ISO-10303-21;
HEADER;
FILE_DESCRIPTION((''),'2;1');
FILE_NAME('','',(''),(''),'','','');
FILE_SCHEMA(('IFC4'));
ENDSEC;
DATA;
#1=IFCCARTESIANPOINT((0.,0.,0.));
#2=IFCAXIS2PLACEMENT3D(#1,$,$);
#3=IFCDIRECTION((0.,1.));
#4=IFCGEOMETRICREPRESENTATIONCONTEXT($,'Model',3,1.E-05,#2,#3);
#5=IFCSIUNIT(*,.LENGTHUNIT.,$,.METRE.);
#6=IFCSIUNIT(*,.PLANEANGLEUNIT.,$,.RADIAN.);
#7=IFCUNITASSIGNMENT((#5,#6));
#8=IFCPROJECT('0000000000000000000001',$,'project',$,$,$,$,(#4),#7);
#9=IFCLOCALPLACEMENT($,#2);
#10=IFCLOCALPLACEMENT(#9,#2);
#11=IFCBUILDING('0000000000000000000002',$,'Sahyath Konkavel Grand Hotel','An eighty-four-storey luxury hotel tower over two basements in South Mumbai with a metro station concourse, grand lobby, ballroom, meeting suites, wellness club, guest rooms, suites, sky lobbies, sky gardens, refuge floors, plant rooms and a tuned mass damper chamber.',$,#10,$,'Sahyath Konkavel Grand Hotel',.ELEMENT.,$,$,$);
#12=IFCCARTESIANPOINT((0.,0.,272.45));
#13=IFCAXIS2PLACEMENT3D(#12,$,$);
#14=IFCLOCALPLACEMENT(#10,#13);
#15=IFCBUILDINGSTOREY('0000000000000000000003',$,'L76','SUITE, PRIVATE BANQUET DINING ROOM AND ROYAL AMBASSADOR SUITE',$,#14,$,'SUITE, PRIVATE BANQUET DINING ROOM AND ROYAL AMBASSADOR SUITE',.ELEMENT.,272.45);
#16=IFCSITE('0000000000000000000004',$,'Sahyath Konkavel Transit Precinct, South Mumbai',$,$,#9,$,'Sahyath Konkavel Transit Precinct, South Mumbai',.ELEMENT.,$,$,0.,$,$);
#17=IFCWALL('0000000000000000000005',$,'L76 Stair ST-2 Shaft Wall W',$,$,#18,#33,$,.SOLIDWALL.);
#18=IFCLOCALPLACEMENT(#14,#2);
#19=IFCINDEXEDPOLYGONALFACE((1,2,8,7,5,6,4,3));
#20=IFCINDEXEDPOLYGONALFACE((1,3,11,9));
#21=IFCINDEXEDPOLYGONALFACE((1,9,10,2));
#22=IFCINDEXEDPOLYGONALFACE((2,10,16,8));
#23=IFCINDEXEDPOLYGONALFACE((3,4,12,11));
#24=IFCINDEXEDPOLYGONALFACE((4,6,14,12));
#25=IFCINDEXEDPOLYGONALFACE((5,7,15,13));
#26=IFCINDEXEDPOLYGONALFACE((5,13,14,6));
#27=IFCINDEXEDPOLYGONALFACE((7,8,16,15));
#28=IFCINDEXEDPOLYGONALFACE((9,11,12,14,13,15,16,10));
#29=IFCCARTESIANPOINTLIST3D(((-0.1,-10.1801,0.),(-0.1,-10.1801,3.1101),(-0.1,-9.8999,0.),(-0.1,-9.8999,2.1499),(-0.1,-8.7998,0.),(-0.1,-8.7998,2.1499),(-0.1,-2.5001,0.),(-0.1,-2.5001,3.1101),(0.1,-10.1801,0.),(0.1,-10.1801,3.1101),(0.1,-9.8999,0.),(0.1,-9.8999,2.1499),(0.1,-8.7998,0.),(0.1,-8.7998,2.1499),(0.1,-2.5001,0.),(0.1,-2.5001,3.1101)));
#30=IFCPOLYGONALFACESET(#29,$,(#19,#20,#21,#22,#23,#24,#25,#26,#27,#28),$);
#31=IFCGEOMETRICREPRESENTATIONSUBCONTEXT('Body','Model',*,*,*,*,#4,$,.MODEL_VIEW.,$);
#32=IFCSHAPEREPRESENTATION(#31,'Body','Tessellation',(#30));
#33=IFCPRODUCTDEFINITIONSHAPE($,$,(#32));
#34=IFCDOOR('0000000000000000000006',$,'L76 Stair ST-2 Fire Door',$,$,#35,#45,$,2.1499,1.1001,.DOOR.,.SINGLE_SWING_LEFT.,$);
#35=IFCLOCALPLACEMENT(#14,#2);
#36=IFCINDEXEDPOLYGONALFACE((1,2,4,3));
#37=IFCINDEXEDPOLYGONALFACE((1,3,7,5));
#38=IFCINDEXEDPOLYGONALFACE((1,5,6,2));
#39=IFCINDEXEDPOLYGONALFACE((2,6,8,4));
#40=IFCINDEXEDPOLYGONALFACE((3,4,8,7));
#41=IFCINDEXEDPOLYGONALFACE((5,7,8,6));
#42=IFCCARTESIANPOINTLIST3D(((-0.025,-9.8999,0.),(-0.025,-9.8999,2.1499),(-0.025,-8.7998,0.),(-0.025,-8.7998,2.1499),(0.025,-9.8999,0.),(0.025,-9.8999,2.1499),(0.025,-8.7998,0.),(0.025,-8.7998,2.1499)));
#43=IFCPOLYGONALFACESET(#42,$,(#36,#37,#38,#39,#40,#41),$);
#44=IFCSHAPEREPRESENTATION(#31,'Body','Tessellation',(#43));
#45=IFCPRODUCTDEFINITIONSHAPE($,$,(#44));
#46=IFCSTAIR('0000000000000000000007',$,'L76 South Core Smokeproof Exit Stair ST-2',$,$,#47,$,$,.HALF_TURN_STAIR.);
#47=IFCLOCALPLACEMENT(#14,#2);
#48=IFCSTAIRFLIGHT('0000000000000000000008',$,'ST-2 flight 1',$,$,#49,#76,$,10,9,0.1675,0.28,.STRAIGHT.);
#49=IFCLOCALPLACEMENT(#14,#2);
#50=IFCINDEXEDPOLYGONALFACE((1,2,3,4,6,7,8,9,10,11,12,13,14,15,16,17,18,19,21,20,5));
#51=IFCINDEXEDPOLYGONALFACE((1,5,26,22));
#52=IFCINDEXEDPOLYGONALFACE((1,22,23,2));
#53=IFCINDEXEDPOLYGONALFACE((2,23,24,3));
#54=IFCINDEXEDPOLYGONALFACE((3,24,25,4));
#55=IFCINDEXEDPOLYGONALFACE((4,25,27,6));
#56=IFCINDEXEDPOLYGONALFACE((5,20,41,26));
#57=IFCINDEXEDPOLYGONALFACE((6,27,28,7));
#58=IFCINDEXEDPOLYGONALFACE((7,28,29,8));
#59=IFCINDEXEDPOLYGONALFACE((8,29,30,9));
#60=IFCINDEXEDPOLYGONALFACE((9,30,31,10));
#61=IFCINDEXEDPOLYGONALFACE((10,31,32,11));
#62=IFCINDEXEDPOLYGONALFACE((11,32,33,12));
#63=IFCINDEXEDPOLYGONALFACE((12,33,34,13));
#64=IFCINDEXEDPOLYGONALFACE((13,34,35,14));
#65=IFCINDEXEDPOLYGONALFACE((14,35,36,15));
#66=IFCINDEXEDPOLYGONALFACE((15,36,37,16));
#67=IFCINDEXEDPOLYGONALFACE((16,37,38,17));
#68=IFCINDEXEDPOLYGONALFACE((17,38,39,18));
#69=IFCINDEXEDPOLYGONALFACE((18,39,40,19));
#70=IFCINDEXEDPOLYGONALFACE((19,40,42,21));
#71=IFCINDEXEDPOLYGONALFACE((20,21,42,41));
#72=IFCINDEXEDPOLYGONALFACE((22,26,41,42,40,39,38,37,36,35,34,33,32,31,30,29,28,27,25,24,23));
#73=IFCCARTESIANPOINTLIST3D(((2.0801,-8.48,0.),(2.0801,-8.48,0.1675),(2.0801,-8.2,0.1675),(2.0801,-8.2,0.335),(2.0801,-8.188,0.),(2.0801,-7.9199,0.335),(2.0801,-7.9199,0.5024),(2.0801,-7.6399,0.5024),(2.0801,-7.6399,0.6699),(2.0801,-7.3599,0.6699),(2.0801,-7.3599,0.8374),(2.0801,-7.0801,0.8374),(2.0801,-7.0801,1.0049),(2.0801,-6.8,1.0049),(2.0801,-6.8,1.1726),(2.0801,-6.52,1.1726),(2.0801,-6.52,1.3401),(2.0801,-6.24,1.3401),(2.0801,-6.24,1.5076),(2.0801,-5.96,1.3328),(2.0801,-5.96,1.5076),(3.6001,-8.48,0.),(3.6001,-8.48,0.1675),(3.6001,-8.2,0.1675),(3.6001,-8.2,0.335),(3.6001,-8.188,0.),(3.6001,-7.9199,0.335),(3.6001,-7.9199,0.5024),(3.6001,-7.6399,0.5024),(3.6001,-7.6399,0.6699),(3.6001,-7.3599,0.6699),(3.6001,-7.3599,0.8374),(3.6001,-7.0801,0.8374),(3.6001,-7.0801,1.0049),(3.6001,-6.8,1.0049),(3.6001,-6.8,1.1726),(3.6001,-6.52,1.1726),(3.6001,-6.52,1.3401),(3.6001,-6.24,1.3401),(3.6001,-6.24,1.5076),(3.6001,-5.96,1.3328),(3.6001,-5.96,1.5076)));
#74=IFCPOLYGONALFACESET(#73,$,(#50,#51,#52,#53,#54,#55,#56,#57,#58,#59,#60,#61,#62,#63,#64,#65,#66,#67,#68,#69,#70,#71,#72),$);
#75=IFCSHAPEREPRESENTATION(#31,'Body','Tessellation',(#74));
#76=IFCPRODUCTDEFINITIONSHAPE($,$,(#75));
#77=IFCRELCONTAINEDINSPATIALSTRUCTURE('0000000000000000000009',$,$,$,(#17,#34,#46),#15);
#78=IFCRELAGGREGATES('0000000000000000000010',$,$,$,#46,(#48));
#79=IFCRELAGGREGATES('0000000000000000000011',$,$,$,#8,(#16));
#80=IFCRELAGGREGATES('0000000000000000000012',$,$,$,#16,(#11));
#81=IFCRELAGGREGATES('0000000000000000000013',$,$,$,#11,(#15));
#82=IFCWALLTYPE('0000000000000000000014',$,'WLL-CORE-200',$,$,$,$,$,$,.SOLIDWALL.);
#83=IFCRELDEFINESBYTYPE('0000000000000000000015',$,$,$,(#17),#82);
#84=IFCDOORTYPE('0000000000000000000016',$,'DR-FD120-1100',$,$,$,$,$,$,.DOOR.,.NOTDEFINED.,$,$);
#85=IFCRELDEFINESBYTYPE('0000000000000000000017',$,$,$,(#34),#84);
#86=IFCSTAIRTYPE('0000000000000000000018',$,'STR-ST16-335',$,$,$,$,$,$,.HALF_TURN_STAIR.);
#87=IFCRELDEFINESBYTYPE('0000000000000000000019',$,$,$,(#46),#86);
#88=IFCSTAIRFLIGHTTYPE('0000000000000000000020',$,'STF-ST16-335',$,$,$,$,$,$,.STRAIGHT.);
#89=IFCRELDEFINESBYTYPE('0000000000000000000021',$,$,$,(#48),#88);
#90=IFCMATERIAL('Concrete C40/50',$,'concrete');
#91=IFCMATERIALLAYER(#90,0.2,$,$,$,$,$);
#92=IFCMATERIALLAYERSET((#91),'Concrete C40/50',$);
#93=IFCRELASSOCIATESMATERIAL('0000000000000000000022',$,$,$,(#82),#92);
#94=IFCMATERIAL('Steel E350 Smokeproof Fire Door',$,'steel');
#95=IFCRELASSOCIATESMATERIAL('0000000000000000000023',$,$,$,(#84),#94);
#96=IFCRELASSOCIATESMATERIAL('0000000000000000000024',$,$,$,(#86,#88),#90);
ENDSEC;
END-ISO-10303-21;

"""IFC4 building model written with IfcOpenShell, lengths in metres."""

from ifc_helpers import new_model, si_unit, direction, frame, frame_2d, origin, origin_2d, place, context, subcontext, project, spatial, polyline, rectangle, outline, extrude, source, transform, mapped, material, layer, layer_set, type_object, element, fill, aggregate, save


model = new_model("IFC4")

# Units and contexts
model_context = context("Model", 3, precision=1e-05, world=origin(), true_north=direction((0.0, 1.0)))
body_context = subcontext(model_context, "Body", "Model", "MODEL_VIEW")
ifc_project = project(units=[si_unit("LENGTHUNIT", "METRE"), si_unit("PLANEANGLEUNIT", "RADIAN")], contexts=[model_context])

# Site, building, storey
site_placement = place(None, origin())
site = spatial("IfcSite", under=ifc_project, at=site_placement, Name="Sahyath Konkavel Transit Precinct, South Mumbai", LongName="Sahyath Konkavel Transit Precinct, South Mumbai", CompositionType="ELEMENT", RefElevation=0.0)
building_placement = place(site_placement, origin())
building = spatial("IfcBuilding", under=site, at=building_placement, Name="Sahyath Konkavel Grand Hotel", Description="An eighty-four-storey luxury hotel tower over two basements in South Mumbai with a metro station concourse, grand lobby, ballroom, meeting suites, wellness club, guest rooms, suites, sky lobbies, sky gardens, refuge floors, plant rooms and a tuned mass damper chamber.", LongName="Sahyath Konkavel Grand Hotel", CompositionType="ELEMENT")
storey_placement = place(building_placement, frame((0.0, 0.0, 272.45)))
storey = spatial("IfcBuildingStorey", under=building, at=storey_placement, Name="L76", Description="SUITE, PRIVATE BANQUET DINING ROOM AND ROYAL AMBASSADOR SUITE", LongName="SUITE, PRIVATE BANQUET DINING ROOM AND ROYAL AMBASSADOR SUITE", CompositionType="ELEMENT", Elevation=272.45)

# Shared definitions
ifc_material_1 = material(Name="Concrete C40/50", Category="concrete")

# Wall, opening, door
ifc_layer_1 = layer(ifc_material_1, 0.2)
ifc_layer_set_1 = layer_set([ifc_layer_1], Name="Concrete C40/50")
wall_type_1 = type_object("IfcWallType", Name="WLL-CORE-200", PredefinedType="SOLIDWALL", material=ifc_layer_set_1)
wall_1_placement = place(storey_placement, frame((0.0, -10.1799, 0.0), z_axis=(0.0, 0.0, 1.0), x_axis=(0.0, 1.0, 0.0)))
wall_1 = element("IfcWall", 1, at=wall_1_placement, inside=storey, type_object=wall_type_1, Name="L76 Stair ST-2 Shaft Wall W", PredefinedType="SOLIDWALL", context=body_context, shape_type="SweptSolid", body=[
    extrude(rectangle(XDim=7.6799, YDim=0.2, at=frame_2d((3.8398, 0.0))), origin(), (0.0, 0.0, 1.0), 3.1101),
])
opening_placement = place(wall_1_placement, frame((0.28, 0.0, 0.0)))
opening = element("IfcOpeningElement", 2, at=opening_placement, cuts=wall_1, PredefinedType="OPENING", context=body_context, shape_type="SweptSolid", body=[
    extrude(rectangle(XDim=1.1001, YDim=2.1499, at=frame_2d((0.55, 1.075))), frame((0.0, 0.1099, 0.0), z_axis=(0.0, -1.0, 0.0), x_axis=(1.0, 0.0, 0.0)), (0.0, 0.0, 1.0), 0.22),
])
ifc_material_2 = material(Name="Steel E350 Smokeproof Fire Door", Category="steel")
door_type = type_object("IfcDoorType", Name="DR-FD120-1100", OperationType="NOTDEFINED", PredefinedType="DOOR", material=ifc_material_2)
shared_shape_1 = source(origin(), body_context, "Body", "SweptSolid", [
    extrude(rectangle(XDim=1.1001, YDim=0.05, at=origin_2d()), origin(), (0.0, 0.0, 1.0), 2.1499),
])
door_placement = place(opening_placement, frame((0.55, 0.0, 0.0)))
door = element("IfcDoor", 3, at=door_placement, inside=storey, type_object=door_type, Name="L76 Stair ST-2 Fire Door", OperationType="SINGLE_SWING_LEFT", OverallHeight=2.1499, OverallWidth=1.1001, PredefinedType="DOOR", context=body_context, shape_type="MappedRepresentation", body=[
    mapped(shared_shape_1, transform((0.0, 0.0, 0.0), scale=1.0)),
])
fill(opening, door)

# Stair, stair flight
stair_type = type_object("IfcStairType", Name="STR-ST16-335", PredefinedType="HALF_TURN_STAIR", material=ifc_material_1)
stair_placement = place(storey_placement, origin())
stair = element("IfcStair", 4, at=stair_placement, inside=storey, type_object=stair_type, Name="L76 South Core Smokeproof Exit Stair ST-2", PredefinedType="HALF_TURN_STAIR")
stair_flight_type = type_object("IfcStairFlightType", Name="STF-ST16-335", PredefinedType="STRAIGHT", material=ifc_material_1)
stair_flight_placement = place(storey_placement, frame((2.8401, -8.48, 0.0), z_axis=(0.0, 0.0, 1.0), x_axis=(0.0, 1.0, 0.0)))
stair_flight = element("IfcStairFlight", 5, at=stair_flight_placement, type_object=stair_flight_type, Name="ST-2 flight 1", NumberOfRisers=10, NumberOfTreads=9, PredefinedType="STRAIGHT", RiserHeight=0.1675, TreadLength=0.28, context=body_context, shape_type="SweptSolid", body=[
    extrude(outline(polyline([(0.0, 0.0), (0.0, 0.1675), (0.28, 0.1675), (0.28, 0.335), (0.5601, 0.335), (0.5601, 0.5024), (0.8401, 0.5024), (0.8401, 0.6699), (1.1201, 0.6699), (1.1201, 0.8374), (1.3999, 0.8374), (1.3999, 1.0049), (1.6799, 1.0049), (1.6799, 1.1726), (1.96, 1.1726), (1.96, 1.3401), (2.24, 1.3401), (2.24, 1.5076), (2.52, 1.5076), (2.52, 1.675), (2.52, 1.3328), (0.292, 0.0), (0.0, 0.0)])), frame((0.0, 0.76, 0.0), z_axis=(0.0, -1.0, 0.0), x_axis=(1.0, 0.0, 0.0)), (0.0, 0.0, 1.0), 1.52),
])
aggregate(stair, [stair_flight])

save(model, "model.ifc")
